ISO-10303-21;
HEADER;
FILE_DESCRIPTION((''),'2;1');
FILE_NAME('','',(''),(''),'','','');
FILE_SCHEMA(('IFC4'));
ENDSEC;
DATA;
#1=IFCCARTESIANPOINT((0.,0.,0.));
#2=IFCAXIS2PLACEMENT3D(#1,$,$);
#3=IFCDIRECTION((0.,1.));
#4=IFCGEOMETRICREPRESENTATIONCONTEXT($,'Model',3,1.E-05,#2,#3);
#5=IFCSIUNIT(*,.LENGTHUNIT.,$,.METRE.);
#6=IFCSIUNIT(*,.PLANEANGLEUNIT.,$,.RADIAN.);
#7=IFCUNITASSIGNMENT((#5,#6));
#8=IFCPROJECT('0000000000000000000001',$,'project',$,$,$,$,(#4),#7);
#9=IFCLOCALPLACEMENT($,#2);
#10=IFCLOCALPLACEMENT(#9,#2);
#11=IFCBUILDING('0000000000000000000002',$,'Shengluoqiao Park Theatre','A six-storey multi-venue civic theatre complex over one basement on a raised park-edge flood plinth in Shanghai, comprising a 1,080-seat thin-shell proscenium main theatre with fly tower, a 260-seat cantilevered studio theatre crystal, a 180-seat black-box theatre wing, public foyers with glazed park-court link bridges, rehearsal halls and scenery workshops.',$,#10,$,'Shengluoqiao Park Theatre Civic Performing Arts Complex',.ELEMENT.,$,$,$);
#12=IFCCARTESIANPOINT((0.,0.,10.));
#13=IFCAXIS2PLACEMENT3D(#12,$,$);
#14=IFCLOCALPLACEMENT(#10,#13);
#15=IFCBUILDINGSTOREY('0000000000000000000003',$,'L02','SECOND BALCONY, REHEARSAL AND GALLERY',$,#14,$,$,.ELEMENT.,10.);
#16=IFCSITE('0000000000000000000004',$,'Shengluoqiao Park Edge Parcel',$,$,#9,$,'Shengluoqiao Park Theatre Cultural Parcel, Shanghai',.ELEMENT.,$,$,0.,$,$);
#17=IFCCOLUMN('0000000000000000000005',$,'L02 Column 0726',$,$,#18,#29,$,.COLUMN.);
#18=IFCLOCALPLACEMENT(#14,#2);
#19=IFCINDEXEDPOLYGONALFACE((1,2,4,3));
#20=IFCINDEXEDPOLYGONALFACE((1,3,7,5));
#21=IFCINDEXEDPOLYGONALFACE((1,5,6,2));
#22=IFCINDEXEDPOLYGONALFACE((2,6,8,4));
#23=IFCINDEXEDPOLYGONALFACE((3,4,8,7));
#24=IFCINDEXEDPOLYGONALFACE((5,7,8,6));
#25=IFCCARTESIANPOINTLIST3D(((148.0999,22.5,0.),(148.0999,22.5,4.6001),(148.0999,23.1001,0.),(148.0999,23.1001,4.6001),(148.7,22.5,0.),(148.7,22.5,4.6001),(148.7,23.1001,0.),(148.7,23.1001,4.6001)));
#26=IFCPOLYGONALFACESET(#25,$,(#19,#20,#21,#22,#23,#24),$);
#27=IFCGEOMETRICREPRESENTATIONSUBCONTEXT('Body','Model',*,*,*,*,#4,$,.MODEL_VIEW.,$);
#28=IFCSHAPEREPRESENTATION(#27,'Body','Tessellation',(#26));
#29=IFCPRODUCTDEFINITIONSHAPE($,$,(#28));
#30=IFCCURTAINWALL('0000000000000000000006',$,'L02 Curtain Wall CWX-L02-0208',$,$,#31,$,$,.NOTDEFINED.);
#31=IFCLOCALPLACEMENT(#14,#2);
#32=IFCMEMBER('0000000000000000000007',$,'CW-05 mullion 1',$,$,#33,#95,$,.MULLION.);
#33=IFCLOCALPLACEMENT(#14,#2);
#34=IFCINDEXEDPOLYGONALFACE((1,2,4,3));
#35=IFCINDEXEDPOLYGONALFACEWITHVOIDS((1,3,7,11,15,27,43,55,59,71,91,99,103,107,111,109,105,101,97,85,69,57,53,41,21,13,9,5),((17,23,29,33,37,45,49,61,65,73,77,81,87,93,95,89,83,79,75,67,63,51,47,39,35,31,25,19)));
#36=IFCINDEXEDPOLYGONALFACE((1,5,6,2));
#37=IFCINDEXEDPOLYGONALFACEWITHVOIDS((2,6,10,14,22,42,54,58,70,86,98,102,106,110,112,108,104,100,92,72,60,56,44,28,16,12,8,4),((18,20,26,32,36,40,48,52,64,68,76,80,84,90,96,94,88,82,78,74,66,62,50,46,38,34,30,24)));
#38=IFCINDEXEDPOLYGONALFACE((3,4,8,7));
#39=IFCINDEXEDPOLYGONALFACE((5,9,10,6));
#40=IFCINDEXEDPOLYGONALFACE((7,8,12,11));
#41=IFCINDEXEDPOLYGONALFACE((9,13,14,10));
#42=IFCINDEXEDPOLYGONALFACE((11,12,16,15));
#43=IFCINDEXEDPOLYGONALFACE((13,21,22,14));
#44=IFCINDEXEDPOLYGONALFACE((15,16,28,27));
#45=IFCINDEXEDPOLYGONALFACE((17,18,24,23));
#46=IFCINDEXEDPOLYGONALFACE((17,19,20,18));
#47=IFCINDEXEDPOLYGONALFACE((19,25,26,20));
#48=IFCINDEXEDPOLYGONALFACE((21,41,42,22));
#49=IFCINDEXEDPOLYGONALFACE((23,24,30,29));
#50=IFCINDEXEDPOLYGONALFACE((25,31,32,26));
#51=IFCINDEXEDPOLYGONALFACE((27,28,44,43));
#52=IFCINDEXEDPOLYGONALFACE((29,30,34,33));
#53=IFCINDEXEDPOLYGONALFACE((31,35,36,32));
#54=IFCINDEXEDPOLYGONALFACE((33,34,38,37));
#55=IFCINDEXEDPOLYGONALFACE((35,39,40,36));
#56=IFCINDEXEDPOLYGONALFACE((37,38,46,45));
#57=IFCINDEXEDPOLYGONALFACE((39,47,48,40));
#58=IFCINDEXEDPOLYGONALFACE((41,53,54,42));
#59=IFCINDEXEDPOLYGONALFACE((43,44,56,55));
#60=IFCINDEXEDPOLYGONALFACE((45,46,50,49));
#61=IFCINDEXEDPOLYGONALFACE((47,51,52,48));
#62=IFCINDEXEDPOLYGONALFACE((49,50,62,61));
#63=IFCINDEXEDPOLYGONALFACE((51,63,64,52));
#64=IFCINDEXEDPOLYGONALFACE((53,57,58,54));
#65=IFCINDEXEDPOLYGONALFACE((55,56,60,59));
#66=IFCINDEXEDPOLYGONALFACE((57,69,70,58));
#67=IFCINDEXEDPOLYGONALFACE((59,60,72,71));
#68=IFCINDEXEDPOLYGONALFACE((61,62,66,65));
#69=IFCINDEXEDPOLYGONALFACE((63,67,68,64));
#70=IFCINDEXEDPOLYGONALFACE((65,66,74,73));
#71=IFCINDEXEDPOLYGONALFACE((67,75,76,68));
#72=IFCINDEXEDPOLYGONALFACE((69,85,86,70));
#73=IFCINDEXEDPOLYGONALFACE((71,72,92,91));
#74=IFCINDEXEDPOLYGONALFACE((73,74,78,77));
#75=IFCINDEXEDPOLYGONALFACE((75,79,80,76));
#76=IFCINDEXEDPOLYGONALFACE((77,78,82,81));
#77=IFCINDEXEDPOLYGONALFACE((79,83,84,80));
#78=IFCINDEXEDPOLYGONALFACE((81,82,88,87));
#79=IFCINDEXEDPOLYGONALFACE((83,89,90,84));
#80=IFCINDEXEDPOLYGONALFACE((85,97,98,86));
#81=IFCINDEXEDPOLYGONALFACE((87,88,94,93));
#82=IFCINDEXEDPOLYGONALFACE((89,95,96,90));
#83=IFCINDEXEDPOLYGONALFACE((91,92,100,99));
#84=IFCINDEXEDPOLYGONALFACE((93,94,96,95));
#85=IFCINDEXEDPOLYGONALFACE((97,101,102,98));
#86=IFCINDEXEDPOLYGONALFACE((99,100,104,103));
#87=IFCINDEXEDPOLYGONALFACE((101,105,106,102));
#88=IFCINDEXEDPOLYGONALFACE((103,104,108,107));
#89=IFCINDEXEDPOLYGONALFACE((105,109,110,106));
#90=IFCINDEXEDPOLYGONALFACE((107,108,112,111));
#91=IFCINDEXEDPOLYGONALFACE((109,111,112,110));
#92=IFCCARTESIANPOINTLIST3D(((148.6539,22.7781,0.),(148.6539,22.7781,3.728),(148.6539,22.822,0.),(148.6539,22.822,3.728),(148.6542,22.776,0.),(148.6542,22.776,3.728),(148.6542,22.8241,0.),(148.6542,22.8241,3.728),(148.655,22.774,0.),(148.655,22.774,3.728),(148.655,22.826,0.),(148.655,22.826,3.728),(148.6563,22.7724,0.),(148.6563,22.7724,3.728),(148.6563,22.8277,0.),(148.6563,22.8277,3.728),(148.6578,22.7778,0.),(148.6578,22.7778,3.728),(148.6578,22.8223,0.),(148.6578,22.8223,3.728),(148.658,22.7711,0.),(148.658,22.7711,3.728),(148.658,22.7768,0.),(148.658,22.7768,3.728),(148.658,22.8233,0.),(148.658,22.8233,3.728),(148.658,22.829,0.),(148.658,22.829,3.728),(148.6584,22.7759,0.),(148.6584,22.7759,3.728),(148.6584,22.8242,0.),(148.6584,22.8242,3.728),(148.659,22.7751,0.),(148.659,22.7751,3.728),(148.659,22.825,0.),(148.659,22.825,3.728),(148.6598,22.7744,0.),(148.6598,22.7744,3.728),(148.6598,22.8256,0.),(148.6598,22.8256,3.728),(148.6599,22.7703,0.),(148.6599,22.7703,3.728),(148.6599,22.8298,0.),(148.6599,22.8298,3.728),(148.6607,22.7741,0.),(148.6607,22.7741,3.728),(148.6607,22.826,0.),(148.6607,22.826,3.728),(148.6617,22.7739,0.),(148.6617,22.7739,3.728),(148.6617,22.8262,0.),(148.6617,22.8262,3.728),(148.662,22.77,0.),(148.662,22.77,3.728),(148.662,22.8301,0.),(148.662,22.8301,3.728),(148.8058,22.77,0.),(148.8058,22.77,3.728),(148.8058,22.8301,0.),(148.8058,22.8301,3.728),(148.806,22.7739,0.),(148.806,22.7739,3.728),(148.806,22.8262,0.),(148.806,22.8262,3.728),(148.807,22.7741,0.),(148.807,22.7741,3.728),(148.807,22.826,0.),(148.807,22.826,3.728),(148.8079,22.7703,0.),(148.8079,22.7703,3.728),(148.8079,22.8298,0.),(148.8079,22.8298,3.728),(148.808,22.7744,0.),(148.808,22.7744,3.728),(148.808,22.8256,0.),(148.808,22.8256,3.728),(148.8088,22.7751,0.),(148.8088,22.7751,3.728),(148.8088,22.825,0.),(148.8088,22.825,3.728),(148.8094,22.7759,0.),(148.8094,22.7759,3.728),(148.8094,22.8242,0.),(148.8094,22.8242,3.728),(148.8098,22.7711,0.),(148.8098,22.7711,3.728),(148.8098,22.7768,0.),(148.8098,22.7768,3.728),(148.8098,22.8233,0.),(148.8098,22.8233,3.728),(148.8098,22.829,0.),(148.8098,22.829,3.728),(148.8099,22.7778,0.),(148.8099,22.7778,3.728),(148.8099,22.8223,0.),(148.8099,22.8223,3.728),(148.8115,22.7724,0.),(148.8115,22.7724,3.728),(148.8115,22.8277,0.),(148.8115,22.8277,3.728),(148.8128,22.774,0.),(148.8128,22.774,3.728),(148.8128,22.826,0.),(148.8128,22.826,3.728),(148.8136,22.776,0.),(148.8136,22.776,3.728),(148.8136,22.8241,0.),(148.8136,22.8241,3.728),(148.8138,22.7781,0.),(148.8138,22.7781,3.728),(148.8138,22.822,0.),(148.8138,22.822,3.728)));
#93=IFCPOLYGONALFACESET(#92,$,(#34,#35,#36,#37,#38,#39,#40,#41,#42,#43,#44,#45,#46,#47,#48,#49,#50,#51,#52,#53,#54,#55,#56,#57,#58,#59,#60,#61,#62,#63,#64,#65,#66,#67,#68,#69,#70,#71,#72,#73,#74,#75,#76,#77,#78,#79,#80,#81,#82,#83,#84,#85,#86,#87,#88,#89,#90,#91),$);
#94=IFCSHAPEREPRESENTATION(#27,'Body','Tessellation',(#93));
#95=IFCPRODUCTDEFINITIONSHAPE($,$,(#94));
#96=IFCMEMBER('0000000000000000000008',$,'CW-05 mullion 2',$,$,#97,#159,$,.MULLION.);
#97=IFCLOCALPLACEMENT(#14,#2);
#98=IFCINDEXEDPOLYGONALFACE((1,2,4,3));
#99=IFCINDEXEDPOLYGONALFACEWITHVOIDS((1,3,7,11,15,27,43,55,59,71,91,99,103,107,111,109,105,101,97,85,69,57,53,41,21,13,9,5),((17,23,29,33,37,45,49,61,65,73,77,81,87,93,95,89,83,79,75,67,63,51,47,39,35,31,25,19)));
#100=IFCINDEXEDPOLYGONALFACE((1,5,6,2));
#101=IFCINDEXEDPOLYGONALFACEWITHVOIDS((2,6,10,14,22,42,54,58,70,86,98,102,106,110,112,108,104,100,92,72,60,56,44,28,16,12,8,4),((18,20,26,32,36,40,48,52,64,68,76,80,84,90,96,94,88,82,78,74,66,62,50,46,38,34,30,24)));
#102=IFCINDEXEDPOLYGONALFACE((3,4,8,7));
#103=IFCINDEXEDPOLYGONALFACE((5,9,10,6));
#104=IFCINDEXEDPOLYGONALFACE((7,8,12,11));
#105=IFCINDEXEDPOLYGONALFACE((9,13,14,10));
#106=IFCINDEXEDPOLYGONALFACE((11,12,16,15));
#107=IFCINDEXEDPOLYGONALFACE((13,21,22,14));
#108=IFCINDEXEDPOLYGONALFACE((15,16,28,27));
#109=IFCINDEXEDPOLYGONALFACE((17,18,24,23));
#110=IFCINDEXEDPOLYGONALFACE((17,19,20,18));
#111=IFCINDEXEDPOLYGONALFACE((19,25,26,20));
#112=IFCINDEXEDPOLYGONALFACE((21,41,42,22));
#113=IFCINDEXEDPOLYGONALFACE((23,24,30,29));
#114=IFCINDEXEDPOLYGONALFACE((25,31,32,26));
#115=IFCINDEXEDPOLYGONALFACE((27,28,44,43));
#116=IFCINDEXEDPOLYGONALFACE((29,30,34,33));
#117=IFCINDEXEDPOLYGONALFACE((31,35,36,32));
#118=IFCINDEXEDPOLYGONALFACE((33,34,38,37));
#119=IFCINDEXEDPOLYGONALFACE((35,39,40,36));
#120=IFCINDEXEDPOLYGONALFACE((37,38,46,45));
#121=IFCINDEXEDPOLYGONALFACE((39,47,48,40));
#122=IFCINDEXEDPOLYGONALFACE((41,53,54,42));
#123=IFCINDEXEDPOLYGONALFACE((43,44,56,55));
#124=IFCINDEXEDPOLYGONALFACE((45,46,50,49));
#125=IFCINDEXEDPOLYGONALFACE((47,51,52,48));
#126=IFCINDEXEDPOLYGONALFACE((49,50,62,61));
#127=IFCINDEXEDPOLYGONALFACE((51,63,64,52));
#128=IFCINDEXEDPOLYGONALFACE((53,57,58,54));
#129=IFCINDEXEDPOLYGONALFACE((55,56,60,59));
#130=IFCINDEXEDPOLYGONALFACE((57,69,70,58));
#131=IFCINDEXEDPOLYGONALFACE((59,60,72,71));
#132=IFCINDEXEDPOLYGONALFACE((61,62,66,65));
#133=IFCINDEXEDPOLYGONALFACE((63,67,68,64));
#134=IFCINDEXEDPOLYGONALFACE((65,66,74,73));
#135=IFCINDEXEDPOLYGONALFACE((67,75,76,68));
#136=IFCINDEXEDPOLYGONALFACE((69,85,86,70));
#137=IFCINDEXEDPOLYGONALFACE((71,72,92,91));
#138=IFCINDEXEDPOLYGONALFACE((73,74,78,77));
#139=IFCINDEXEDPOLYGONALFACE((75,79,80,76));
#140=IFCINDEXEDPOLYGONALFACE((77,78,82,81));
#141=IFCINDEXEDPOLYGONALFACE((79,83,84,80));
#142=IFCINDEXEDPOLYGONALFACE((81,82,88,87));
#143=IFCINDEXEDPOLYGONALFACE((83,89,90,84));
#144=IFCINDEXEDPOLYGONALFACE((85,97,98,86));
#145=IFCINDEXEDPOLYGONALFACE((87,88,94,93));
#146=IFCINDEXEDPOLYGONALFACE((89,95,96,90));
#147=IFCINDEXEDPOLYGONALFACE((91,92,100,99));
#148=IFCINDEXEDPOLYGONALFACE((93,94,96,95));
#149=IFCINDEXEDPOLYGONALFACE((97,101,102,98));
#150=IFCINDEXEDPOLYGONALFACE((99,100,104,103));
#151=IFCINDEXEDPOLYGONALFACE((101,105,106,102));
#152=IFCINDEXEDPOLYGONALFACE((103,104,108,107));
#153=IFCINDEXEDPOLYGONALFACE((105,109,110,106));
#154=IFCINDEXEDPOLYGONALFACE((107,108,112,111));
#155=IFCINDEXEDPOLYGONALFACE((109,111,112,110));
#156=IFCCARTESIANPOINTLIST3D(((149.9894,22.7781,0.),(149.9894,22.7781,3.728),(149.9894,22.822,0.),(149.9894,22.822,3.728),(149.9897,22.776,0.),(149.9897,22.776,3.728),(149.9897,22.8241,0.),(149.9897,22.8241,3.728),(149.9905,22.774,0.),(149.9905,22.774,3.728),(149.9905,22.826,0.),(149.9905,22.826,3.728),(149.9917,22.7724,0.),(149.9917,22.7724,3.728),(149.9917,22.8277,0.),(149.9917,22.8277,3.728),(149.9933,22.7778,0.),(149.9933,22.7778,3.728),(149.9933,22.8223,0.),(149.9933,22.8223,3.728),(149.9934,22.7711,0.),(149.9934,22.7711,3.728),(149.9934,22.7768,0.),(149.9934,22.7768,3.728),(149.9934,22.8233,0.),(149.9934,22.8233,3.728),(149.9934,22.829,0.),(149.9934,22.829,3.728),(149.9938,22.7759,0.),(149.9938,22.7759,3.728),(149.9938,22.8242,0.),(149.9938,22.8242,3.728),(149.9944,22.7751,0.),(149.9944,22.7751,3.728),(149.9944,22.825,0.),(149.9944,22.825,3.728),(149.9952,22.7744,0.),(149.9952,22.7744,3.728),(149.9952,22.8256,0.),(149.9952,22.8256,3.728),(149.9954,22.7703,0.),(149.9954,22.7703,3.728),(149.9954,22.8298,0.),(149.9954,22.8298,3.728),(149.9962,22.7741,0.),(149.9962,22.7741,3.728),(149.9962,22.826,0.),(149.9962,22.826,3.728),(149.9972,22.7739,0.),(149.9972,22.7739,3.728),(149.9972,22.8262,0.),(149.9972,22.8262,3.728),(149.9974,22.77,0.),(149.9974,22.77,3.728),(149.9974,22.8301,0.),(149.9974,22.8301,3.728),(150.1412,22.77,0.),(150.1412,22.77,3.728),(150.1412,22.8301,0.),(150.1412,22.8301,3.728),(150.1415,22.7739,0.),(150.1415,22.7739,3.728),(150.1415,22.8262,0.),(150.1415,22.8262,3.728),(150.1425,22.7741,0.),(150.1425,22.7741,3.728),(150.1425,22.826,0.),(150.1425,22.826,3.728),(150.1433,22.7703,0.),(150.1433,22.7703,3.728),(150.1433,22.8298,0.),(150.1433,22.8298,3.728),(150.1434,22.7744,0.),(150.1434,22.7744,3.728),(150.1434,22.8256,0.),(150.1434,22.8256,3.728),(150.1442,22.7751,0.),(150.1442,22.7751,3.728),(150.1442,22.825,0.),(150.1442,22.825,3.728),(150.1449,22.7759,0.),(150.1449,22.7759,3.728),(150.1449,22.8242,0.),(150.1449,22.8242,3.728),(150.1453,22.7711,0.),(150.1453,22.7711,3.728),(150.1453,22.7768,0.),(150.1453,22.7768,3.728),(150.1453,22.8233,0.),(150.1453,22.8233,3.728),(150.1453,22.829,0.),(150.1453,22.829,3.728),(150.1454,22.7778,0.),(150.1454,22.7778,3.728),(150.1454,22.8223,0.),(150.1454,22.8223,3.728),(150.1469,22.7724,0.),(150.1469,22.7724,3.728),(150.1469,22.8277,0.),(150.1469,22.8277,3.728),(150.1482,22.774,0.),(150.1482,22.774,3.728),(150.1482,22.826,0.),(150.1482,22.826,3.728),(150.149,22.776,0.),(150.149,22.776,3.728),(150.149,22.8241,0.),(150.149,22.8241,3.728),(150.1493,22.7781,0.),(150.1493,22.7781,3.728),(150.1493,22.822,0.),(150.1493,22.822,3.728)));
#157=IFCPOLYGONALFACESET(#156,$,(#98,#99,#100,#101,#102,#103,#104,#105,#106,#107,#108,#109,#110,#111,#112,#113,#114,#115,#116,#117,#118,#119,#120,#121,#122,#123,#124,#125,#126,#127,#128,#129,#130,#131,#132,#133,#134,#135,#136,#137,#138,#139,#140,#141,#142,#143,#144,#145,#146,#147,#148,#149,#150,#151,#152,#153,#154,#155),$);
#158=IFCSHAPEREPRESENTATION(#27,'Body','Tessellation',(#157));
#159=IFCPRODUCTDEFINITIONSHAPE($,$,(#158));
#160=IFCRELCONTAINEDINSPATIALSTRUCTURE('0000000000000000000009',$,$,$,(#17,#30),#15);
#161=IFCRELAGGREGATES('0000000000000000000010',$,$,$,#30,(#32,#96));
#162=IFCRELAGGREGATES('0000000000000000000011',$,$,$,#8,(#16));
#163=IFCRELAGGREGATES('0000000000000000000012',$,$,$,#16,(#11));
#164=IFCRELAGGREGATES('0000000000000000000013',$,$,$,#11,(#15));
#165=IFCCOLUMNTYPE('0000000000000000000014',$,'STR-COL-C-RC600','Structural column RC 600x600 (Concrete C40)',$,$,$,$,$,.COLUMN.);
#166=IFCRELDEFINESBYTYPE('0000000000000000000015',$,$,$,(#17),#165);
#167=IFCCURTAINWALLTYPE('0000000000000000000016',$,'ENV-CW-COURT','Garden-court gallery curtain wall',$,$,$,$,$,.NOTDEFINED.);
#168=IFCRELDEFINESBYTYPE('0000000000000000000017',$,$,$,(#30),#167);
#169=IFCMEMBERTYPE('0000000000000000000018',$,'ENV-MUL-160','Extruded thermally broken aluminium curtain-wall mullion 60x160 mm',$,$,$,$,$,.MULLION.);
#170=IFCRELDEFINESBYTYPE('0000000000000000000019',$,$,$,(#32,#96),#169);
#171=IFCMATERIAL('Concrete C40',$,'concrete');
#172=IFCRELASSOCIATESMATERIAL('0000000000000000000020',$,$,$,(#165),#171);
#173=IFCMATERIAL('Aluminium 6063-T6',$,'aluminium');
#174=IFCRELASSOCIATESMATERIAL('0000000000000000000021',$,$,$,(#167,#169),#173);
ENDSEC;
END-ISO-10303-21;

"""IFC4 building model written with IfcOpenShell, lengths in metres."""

from ifc_helpers import new_model, si_unit, direction, frame, origin, origin_2d, place, context, subcontext, project, spatial, rectangle, hollow_rectangle, extrude, material, material_profile, profile_set, type_object, element, aggregate, save


model = new_model("IFC4")

# Units and contexts
model_context = context("Model", 3, precision=1e-05, world=origin(), true_north=direction((0.0, 1.0)))
body_context = subcontext(model_context, "Body", "Model", "MODEL_VIEW")
ifc_project = project(units=[si_unit("LENGTHUNIT", "METRE"), si_unit("PLANEANGLEUNIT", "RADIAN")], contexts=[model_context])

# Site, building, storey
site_placement = place(None, origin())
site = spatial("IfcSite", under=ifc_project, at=site_placement, Name="Shengluoqiao Park Edge Parcel", LongName="Shengluoqiao Park Theatre Cultural Parcel, Shanghai", CompositionType="ELEMENT", RefElevation=0.0)
building_placement = place(site_placement, origin())
building = spatial("IfcBuilding", under=site, at=building_placement, Name="Shengluoqiao Park Theatre", Description="A six-storey multi-venue civic theatre complex over one basement on a raised park-edge flood plinth in Shanghai, comprising a 1,080-seat thin-shell proscenium main theatre with fly tower, a 260-seat cantilevered studio theatre crystal, a 180-seat black-box theatre wing, public foyers with glazed park-court link bridges, rehearsal halls and scenery workshops.", LongName="Shengluoqiao Park Theatre Civic Performing Arts Complex", CompositionType="ELEMENT")
storey_placement = place(building_placement, frame((0.0, 0.0, 10.0)))
storey = spatial("IfcBuildingStorey", under=building, at=storey_placement, Name="L02", Description="SECOND BALCONY, REHEARSAL AND GALLERY", CompositionType="ELEMENT", Elevation=10.0)

# Column
ifc_material_1 = material(Name="Concrete C40", Category="concrete")
ifc_material_profile_1 = material_profile(ifc_material_1, rectangle(XDim=0.6001, YDim=0.6001, at=origin_2d()), Name="RC 600x600")
ifc_profile_set_1 = profile_set([ifc_material_profile_1], Name="Concrete C40")
column_type = type_object("IfcColumnType", Name="STR-COL-C-RC600", Description="Structural column RC 600x600 (Concrete C40)", PredefinedType="COLUMN", material=ifc_profile_set_1)
column_placement = place(storey_placement, frame((148.3999, 22.8, 0.0), z_axis=(0.0, 0.0, 1.0), x_axis=(1.0, 0.0, 0.0)))
element("IfcColumn", 1, at=column_placement, inside=storey, type_object=column_type, Name="L02 Column 0726", PredefinedType="COLUMN", context=body_context, shape_type="SweptSolid", body=[
    extrude(rectangle(XDim=0.6001, YDim=0.6001, at=origin_2d()), origin(), (0.0, 0.0, 1.0), 4.6001),
])

# Curtain wall, members
ifc_material_2 = material(Name="Aluminium 6063-T6", Category="aluminium")
curtain_wall_type = type_object("IfcCurtainWallType", Name="ENV-CW-COURT", Description="Garden-court gallery curtain wall", PredefinedType="NOTDEFINED", material=ifc_material_2)
curtain_wall_placement = place(storey_placement, origin())
curtain_wall = element("IfcCurtainWall", 2, at=curtain_wall_placement, inside=storey, type_object=curtain_wall_type, Name="L02 Curtain Wall CWX-L02-0208", PredefinedType="NOTDEFINED")
ifc_material_profile_2 = material_profile(ifc_material_2, hollow_rectangle(XDim=0.0601, YDim=0.1599, WallThickness=0.0039, InnerFilletRadius=0.0039, OuterFilletRadius=0.0081, at=origin_2d()), Name="ALU MULLION 160x60x4")
ifc_profile_set_2 = profile_set([ifc_material_profile_2], Name="Aluminium 6063-T6")
member_type_1 = type_object("IfcMemberType", Name="ENV-MUL-160", Description="Extruded thermally broken aluminium curtain-wall mullion 60x160 mm", PredefinedType="MULLION", material=ifc_profile_set_2)
member_1_placement = place(storey_placement, frame((148.7339, 22.8, 0.0), z_axis=(0.0, 0.0, 1.0), x_axis=(0.0, 1.0, 0.0)))
member_1 = element("IfcMember", 3, at=member_1_placement, type_object=member_type_1, Name="CW-05 mullion 1", PredefinedType="MULLION", context=body_context, shape_type="SweptSolid", body=[
    extrude(hollow_rectangle(XDim=0.0601, YDim=0.1599, WallThickness=0.0039, InnerFilletRadius=0.0039, OuterFilletRadius=0.0081, at=origin_2d()), origin(), (0.0, 0.0, 1.0), 3.728),
])
member_2_placement = place(storey_placement, frame((150.0693, 22.8, 0.0), z_axis=(0.0, 0.0, 1.0), x_axis=(0.0, 1.0, 0.0)))
member_2 = element("IfcMember", 4, at=member_2_placement, type_object=member_type_1, Name="CW-05 mullion 2", PredefinedType="MULLION", context=body_context, shape_type="SweptSolid", body=[
    extrude(hollow_rectangle(XDim=0.0601, YDim=0.1599, WallThickness=0.0039, InnerFilletRadius=0.0039, OuterFilletRadius=0.0081, at=origin_2d()), origin(), (0.0, 0.0, 1.0), 3.728),
])

aggregate(curtain_wall, [member_1, member_2])

save(model, "model.ifc")
